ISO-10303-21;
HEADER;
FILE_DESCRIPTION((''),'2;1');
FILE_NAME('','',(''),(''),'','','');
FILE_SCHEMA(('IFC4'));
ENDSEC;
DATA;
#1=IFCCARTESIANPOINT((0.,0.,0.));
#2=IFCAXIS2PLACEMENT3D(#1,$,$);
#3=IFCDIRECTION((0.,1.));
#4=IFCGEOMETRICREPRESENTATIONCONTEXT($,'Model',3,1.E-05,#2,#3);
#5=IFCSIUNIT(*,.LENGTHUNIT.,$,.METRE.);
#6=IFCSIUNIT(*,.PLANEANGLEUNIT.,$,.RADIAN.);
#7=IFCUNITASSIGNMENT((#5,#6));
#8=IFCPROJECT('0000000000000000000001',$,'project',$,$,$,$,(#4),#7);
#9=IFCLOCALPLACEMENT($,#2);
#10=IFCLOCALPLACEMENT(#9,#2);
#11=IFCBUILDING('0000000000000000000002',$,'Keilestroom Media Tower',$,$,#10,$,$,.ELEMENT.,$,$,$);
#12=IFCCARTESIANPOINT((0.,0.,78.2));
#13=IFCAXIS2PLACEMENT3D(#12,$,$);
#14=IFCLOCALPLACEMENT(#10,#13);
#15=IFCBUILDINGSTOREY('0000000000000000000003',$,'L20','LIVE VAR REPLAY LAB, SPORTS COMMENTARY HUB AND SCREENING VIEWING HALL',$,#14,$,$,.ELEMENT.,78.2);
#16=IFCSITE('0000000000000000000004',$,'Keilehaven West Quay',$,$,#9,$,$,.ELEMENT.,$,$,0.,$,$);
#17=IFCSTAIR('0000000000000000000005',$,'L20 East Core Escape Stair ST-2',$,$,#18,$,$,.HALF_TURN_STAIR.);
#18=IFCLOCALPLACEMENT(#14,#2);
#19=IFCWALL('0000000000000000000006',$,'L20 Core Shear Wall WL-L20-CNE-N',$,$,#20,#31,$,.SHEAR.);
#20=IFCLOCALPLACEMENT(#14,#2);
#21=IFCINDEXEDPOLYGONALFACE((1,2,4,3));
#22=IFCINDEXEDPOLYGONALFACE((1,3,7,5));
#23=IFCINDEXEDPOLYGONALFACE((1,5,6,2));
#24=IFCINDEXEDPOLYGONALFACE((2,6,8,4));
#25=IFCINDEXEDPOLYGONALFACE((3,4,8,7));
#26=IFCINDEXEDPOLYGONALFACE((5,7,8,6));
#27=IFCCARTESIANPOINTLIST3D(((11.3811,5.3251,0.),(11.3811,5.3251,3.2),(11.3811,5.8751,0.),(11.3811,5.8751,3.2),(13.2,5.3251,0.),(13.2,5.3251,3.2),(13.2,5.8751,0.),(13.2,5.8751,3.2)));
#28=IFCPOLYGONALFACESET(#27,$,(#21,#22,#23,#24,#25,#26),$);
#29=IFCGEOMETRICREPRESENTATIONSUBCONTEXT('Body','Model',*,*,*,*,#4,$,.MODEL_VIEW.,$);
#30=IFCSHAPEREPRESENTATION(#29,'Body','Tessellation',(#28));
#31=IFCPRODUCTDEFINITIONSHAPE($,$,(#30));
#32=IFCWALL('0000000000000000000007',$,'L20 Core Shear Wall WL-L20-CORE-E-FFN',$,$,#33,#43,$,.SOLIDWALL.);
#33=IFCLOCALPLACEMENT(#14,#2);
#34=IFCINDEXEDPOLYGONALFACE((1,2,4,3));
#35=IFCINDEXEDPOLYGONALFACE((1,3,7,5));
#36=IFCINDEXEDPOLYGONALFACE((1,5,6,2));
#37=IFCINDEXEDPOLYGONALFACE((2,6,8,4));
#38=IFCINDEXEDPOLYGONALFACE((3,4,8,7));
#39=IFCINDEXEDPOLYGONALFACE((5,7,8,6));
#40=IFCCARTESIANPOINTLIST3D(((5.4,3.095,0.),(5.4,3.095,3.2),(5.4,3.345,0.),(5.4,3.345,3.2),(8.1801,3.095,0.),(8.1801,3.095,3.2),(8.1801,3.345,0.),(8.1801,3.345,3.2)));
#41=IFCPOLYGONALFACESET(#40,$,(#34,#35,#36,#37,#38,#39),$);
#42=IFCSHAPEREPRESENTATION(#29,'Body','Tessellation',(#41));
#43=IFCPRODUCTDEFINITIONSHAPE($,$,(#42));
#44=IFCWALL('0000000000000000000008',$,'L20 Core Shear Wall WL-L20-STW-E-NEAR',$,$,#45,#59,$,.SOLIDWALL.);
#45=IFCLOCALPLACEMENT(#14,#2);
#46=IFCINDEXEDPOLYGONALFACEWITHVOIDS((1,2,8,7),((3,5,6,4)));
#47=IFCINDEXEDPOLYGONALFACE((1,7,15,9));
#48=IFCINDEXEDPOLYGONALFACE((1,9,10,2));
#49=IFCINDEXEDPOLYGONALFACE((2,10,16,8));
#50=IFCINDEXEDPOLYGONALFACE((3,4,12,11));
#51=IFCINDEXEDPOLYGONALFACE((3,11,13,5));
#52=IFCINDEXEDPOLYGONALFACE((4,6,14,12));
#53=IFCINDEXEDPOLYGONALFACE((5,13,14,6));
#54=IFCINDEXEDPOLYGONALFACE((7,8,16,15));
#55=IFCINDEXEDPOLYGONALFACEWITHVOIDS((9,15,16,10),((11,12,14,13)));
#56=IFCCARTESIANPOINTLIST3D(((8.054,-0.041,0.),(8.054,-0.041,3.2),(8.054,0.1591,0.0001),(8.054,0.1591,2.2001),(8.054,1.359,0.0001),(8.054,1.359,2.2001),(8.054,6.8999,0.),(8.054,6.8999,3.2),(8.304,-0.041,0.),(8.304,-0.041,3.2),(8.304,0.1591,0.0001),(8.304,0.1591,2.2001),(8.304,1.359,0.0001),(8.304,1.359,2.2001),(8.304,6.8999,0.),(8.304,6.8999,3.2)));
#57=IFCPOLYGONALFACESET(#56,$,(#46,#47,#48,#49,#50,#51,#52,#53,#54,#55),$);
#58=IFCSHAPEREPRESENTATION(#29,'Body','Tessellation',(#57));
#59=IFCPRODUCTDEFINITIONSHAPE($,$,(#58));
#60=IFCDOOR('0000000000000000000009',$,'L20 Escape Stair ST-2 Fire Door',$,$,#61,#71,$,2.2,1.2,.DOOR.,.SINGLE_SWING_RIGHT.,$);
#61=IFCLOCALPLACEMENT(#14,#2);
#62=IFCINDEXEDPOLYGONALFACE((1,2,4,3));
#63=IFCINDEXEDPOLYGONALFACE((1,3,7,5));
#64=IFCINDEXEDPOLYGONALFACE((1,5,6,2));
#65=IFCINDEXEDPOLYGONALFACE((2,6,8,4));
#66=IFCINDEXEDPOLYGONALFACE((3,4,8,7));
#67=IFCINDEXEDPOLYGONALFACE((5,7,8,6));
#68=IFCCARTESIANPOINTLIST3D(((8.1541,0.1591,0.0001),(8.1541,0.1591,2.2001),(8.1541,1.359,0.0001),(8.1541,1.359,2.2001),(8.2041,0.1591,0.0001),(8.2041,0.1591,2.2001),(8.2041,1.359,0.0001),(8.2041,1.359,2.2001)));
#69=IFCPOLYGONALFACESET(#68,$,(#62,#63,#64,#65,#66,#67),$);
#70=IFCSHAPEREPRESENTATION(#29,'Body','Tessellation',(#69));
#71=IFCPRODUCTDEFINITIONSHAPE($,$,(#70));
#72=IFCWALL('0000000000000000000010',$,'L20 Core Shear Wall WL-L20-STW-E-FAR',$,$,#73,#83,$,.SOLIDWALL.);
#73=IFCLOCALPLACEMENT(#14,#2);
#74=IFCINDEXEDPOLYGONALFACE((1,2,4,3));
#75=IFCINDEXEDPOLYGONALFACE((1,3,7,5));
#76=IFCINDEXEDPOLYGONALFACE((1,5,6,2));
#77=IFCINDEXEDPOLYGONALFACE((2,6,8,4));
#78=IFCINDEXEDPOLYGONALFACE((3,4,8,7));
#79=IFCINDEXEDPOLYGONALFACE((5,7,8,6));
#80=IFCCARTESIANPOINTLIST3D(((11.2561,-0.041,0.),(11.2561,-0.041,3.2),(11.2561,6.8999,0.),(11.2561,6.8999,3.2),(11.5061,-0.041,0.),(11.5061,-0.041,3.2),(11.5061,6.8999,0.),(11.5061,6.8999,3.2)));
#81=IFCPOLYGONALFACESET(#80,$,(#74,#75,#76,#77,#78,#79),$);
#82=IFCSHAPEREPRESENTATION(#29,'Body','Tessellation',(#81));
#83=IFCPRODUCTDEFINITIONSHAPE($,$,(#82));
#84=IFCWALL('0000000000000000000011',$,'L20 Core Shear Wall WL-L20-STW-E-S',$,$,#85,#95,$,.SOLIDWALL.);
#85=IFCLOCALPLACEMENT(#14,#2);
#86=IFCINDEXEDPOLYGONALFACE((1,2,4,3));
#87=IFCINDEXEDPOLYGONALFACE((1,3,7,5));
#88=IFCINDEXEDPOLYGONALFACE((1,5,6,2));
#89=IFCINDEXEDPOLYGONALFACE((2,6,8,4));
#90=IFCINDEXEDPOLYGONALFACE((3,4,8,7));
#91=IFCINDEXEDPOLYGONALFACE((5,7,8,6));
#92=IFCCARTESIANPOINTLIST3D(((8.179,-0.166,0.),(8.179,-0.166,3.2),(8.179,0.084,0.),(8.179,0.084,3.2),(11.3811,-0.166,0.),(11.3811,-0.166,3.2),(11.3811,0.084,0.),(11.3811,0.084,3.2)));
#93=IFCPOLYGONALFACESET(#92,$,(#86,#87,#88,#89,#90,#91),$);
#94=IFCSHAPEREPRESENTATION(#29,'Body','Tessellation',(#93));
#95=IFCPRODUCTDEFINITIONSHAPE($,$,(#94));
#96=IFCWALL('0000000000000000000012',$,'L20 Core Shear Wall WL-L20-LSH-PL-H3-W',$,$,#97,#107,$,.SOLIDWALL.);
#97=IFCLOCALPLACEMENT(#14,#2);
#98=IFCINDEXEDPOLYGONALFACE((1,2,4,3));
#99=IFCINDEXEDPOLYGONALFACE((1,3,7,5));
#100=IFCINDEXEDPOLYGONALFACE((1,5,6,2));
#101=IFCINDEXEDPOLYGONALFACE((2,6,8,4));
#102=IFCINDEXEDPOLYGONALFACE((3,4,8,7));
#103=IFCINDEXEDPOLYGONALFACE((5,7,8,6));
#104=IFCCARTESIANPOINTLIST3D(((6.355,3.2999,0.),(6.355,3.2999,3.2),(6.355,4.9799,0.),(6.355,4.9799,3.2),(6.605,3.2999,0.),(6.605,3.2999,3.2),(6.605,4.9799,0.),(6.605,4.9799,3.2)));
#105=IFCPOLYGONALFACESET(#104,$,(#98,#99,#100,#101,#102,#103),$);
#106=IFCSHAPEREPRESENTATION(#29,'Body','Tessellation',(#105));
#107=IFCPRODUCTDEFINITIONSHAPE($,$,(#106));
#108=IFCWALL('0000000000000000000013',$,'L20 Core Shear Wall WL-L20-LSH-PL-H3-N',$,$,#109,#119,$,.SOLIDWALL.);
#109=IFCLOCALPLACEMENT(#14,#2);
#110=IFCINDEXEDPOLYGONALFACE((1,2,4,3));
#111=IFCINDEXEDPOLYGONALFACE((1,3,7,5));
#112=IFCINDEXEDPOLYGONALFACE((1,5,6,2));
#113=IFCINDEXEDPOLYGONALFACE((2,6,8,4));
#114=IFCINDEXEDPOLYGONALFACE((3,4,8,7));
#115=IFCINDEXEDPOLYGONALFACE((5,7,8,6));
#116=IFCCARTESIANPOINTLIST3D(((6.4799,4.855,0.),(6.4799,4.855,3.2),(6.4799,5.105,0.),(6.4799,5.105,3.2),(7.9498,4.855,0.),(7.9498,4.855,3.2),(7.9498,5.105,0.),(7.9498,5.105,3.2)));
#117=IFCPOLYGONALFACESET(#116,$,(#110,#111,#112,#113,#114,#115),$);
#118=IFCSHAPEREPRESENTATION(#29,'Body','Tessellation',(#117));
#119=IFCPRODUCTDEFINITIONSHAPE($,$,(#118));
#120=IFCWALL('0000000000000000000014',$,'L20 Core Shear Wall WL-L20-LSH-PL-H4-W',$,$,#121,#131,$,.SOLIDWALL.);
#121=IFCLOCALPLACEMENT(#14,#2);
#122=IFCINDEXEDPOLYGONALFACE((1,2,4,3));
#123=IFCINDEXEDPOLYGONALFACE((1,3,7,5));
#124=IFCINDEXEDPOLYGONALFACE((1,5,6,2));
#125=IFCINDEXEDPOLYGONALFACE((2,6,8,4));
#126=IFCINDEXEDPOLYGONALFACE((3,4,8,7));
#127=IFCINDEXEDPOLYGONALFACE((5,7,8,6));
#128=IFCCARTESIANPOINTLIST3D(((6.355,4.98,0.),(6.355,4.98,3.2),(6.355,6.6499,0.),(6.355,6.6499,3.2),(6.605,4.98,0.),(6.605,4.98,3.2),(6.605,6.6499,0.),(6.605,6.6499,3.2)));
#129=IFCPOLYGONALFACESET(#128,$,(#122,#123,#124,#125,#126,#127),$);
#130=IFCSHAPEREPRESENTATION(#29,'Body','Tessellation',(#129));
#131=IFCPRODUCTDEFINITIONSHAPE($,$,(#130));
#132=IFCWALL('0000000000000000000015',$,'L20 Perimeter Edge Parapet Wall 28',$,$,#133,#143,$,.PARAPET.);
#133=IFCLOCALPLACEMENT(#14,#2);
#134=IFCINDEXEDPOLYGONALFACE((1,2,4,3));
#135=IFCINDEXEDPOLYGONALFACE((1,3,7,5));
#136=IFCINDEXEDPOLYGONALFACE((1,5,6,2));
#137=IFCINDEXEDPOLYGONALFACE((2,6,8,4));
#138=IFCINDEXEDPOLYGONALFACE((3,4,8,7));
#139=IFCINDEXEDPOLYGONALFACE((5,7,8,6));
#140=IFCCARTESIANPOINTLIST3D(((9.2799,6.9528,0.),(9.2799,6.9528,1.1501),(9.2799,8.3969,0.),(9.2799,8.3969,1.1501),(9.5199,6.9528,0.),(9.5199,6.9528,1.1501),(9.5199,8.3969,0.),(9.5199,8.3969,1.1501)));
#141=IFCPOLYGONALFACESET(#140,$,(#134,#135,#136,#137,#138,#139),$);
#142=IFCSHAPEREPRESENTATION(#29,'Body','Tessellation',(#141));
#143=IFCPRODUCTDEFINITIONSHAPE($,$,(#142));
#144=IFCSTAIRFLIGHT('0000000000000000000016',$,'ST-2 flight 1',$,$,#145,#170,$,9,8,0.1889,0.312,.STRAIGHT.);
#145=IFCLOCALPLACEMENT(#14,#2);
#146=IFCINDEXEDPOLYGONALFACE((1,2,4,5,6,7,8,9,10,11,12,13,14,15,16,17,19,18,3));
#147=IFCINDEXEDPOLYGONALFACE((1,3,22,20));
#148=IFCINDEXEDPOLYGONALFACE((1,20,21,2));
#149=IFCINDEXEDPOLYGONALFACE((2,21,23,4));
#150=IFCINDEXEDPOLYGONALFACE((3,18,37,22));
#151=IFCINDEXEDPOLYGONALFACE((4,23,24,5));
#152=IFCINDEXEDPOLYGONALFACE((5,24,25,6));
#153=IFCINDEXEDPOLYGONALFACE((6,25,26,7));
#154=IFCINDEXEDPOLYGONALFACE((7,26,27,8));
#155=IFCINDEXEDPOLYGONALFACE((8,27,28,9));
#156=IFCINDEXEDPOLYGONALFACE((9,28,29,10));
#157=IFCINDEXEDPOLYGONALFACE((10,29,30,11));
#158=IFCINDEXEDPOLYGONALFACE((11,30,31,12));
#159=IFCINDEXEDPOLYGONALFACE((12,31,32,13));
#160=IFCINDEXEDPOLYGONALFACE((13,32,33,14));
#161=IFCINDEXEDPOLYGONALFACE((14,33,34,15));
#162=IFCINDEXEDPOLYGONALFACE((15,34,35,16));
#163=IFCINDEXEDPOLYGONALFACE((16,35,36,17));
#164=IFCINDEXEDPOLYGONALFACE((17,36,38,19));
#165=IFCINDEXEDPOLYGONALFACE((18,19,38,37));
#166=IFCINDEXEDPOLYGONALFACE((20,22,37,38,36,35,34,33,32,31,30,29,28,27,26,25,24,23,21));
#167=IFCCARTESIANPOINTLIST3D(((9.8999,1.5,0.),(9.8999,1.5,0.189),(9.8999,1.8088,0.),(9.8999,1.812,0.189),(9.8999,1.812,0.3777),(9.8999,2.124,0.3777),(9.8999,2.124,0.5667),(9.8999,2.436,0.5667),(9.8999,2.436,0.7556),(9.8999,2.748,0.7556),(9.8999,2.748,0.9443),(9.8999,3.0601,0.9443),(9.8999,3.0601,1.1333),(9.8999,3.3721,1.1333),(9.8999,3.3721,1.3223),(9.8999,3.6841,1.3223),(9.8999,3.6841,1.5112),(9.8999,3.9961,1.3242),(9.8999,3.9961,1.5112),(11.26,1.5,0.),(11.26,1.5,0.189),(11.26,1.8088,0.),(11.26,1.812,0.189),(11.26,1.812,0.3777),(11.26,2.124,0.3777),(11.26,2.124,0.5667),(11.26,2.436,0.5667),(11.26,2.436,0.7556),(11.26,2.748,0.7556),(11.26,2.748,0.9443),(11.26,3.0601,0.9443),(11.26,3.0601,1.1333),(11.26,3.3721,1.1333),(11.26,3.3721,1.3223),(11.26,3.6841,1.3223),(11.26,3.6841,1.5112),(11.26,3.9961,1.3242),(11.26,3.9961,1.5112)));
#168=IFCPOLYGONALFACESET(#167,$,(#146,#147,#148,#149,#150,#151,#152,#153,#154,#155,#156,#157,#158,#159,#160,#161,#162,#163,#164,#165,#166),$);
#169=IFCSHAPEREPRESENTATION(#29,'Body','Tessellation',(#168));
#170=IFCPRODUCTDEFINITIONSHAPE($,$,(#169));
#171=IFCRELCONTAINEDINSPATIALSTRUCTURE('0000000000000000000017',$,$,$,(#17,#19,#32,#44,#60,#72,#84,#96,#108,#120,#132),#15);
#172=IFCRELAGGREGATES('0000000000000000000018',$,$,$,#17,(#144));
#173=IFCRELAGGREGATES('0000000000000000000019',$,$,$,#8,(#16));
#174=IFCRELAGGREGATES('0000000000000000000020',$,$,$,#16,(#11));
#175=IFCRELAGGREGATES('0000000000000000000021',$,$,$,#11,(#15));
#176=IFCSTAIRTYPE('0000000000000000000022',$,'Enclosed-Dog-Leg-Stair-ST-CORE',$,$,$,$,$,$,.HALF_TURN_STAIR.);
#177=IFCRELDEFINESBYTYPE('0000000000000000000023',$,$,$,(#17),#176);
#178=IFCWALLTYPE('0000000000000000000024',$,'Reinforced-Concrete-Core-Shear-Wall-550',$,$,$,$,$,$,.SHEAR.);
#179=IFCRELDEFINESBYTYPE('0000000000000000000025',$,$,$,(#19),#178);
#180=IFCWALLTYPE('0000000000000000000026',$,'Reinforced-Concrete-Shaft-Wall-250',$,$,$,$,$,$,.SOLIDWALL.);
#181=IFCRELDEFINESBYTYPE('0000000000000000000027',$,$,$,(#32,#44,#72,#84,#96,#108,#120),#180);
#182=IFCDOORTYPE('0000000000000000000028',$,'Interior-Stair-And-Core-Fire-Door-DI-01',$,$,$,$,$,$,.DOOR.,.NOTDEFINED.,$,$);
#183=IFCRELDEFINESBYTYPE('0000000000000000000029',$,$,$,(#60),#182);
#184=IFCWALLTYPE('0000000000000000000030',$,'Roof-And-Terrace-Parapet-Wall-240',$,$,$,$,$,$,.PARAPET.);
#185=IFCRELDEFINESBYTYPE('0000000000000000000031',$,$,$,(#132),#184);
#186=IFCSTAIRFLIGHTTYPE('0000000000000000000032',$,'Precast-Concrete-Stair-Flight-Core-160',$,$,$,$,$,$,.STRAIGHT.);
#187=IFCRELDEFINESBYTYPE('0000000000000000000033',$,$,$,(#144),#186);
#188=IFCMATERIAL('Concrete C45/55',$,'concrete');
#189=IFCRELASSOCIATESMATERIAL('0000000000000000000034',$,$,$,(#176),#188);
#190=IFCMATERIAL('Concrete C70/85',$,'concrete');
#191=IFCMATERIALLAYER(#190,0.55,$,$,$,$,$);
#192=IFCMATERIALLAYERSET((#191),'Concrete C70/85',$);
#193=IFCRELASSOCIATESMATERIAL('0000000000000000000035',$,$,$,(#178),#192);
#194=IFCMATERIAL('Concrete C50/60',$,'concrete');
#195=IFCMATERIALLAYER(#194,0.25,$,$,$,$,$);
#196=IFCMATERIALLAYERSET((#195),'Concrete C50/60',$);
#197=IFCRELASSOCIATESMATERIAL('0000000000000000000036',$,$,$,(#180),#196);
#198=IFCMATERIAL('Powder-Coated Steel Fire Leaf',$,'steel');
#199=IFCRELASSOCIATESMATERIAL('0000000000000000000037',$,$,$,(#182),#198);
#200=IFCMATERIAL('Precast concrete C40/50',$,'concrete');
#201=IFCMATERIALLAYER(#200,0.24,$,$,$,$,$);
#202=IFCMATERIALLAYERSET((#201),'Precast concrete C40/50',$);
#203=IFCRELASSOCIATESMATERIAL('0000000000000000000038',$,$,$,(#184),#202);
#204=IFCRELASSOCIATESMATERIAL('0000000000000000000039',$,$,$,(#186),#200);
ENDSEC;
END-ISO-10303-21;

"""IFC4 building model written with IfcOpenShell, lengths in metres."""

from ifc_helpers import new_model, si_unit, direction, frame, frame_2d, origin, place, context, subcontext, project, spatial, polyline, rectangle, outline, extrude, source, transform, mapped, material, layer, layer_set, type_object, element, fill, aggregate, save


model = new_model("IFC4")

# Units and contexts
model_context = context("Model", 3, precision=1e-05, world=origin(), true_north=direction((0.0, 1.0)))
body_context = subcontext(model_context, "Body", "Model", "MODEL_VIEW")
ifc_project = project(units=[si_unit("LENGTHUNIT", "METRE"), si_unit("PLANEANGLEUNIT", "RADIAN")], contexts=[model_context])

# Site, building, storey
site_placement = place(None, origin())
site = spatial("IfcSite", under=ifc_project, at=site_placement, Name="Keilehaven West Quay", CompositionType="ELEMENT", RefElevation=0.0)
building_placement = place(site_placement, origin())
building = spatial("IfcBuilding", under=site, at=building_placement, Name="Keilestroom Media Tower", CompositionType="ELEMENT")
storey_placement = place(building_placement, frame((0.0, 0.0, 78.2)))
storey = spatial("IfcBuildingStorey", under=building, at=storey_placement, Name="L20", Description="LIVE VAR REPLAY LAB, SPORTS COMMENTARY HUB AND SCREENING VIEWING HALL", CompositionType="ELEMENT", Elevation=78.2)

# Shared definitions
ifc_material_1 = material(Name="Concrete C70/85", Category="concrete")

# Stair
ifc_material_2 = material(Name="Concrete C45/55", Category="concrete")
stair_type = type_object("IfcStairType", Name="Enclosed-Dog-Leg-Stair-ST-CORE", PredefinedType="HALF_TURN_STAIR", material=ifc_material_2)
stair_1_placement = place(storey_placement, origin())
stair_1 = element("IfcStair", 1, at=stair_1_placement, inside=storey, type_object=stair_type, Name="L20 East Core Escape Stair ST-2", PredefinedType="HALF_TURN_STAIR")

# Walls
ifc_layer_1 = layer(ifc_material_1, 0.55)
ifc_layer_set_1 = layer_set([ifc_layer_1], Name="Concrete C70/85")
wall_type_1 = type_object("IfcWallType", Name="Reinforced-Concrete-Core-Shear-Wall-550", PredefinedType="SHEAR", material=ifc_layer_set_1)
wall_1_placement = place(storey_placement, frame((11.3811, 5.6001, 0.0), z_axis=(0.0, 0.0, 1.0), x_axis=(1.0, 0.0, 0.0)))
element("IfcWall", 2, at=wall_1_placement, inside=storey, type_object=wall_type_1, Name="L20 Core Shear Wall WL-L20-CNE-N", PredefinedType="SHEAR", context=body_context, shape_type="SweptSolid", body=[
    extrude(rectangle(XDim=1.8188, YDim=0.55, at=frame_2d((0.9094, 0.0))), origin(), (0.0, 0.0, 1.0), 3.2),
])
ifc_material_3 = material(Name="Concrete C50/60", Category="concrete")
ifc_layer_2 = layer(ifc_material_3, 0.25)
ifc_layer_set_2 = layer_set([ifc_layer_2], Name="Concrete C50/60")
wall_type_2 = type_object("IfcWallType", Name="Reinforced-Concrete-Shaft-Wall-250", PredefinedType="SOLIDWALL", material=ifc_layer_set_2)
wall_2_placement = place(storey_placement, frame((5.3999, 3.22, 0.0), z_axis=(0.0, 0.0, 1.0), x_axis=(1.0, 0.0, 0.0)))
element("IfcWall", 3, at=wall_2_placement, inside=storey, type_object=wall_type_2, Name="L20 Core Shear Wall WL-L20-CORE-E-FFN", PredefinedType="SOLIDWALL", context=body_context, shape_type="SweptSolid", body=[
    extrude(rectangle(XDim=2.78, YDim=0.25, at=frame_2d((1.3901, 0.0))), origin(), (0.0, 0.0, 1.0), 3.2),
])

# Wall, opening, door
wall_3_placement = place(storey_placement, frame((8.179, -0.041, 0.0), z_axis=(0.0, 0.0, 1.0), x_axis=(0.0, 1.0, 0.0)))
wall_3 = element("IfcWall", 4, at=wall_3_placement, inside=storey, type_object=wall_type_2, Name="L20 Core Shear Wall WL-L20-STW-E-NEAR", PredefinedType="SOLIDWALL", context=body_context, shape_type="SweptSolid", body=[
    extrude(rectangle(XDim=6.9409, YDim=0.25, at=frame_2d((3.4705, 0.0))), origin(), (0.0, 0.0, 1.0), 3.2),
])
opening_placement = place(wall_3_placement, frame((0.2, 0.0, 0.0)))
opening = element("IfcOpeningElement", 5, at=opening_placement, cuts=wall_3, PredefinedType="OPENING", context=body_context, shape_type="SweptSolid", body=[
    extrude(rectangle(XDim=1.2, YDim=2.2, at=frame_2d((0.6001, 1.1001))), frame((0.0, 0.135, 0.0), z_axis=(0.0, -1.0, 0.0), x_axis=(1.0, 0.0, 0.0)), (0.0, 0.0, 1.0), 0.27),
])
ifc_material_4 = material(Name="Powder-Coated Steel Fire Leaf", Category="steel")
door_type = type_object("IfcDoorType", Name="Interior-Stair-And-Core-Fire-Door-DI-01", OperationType="NOTDEFINED", PredefinedType="DOOR", material=ifc_material_4)
shared_shape_1 = source(origin(), body_context, "Body", "SweptSolid", [
    extrude(rectangle(XDim=1.2, YDim=2.2, at=frame_2d((0.6001, 1.1001))), frame((0.0, 0.0249, 0.0), z_axis=(0.0, -1.0, 0.0), x_axis=(1.0, 0.0, 0.0)), (0.0, 0.0, 1.0), 0.05),
])
door_placement = place(opening_placement, origin())
door = element("IfcDoor", 6, at=door_placement, inside=storey, type_object=door_type, Name="L20 Escape Stair ST-2 Fire Door", OperationType="SINGLE_SWING_RIGHT", OverallHeight=2.2, OverallWidth=1.2, PredefinedType="DOOR", context=body_context, shape_type="MappedRepresentation", body=[
    mapped(shared_shape_1, transform((0.0, 0.0, 0.0), x_axis=(1.0, 0.0, 0.0), y_axis=(0.0, 1.0, 0.0), z_axis=(0.0, 0.0, 1.0), scale=1.0)),
])
fill(opening, door)

# Walls
wall_4_placement = place(storey_placement, frame((11.3811, -0.041, 0.0), z_axis=(0.0, 0.0, 1.0), x_axis=(0.0, 1.0, 0.0)))
element("IfcWall", 7, at=wall_4_placement, inside=storey, type_object=wall_type_2, Name="L20 Core Shear Wall WL-L20-STW-E-FAR", PredefinedType="SOLIDWALL", context=body_context, shape_type="SweptSolid", body=[
    extrude(rectangle(XDim=6.9409, YDim=0.25, at=frame_2d((3.4705, 0.0))), origin(), (0.0, 0.0, 1.0), 3.2),
])
wall_5_placement = place(storey_placement, frame((8.179, -0.041, 0.0), z_axis=(0.0, 0.0, 1.0), x_axis=(1.0, 0.0, 0.0)))
element("IfcWall", 8, at=wall_5_placement, inside=storey, type_object=wall_type_2, Name="L20 Core Shear Wall WL-L20-STW-E-S", PredefinedType="SOLIDWALL", context=body_context, shape_type="SweptSolid", body=[
    extrude(rectangle(XDim=3.2021, YDim=0.25, at=frame_2d((1.6011, 0.0))), origin(), (0.0, 0.0, 1.0), 3.2),
])
wall_6_placement = place(storey_placement, frame((6.48, 3.3, 0.0), z_axis=(0.0, 0.0, 1.0), x_axis=(0.0, 1.0, 0.0)))
element("IfcWall", 9, at=wall_6_placement, inside=storey, type_object=wall_type_2, Name="L20 Core Shear Wall WL-L20-LSH-PL-H3-W", PredefinedType="SOLIDWALL", context=body_context, shape_type="SweptSolid", body=[
    extrude(rectangle(XDim=1.6799, YDim=0.25, at=frame_2d((0.8398, 0.0))), origin(), (0.0, 0.0, 1.0), 3.2),
])
wall_7_placement = place(storey_placement, frame((6.48, 4.98, 0.0), z_axis=(0.0, 0.0, 1.0), x_axis=(1.0, 0.0, 0.0)))
element("IfcWall", 10, at=wall_7_placement, inside=storey, type_object=wall_type_2, Name="L20 Core Shear Wall WL-L20-LSH-PL-H3-N", PredefinedType="SOLIDWALL", context=body_context, shape_type="SweptSolid", body=[
    extrude(rectangle(XDim=1.47, YDim=0.25, at=frame_2d((0.7349, 0.0))), origin(), (0.0, 0.0, 1.0), 3.2),
])
wall_8_placement = place(storey_placement, frame((6.48, 4.98, 0.0), z_axis=(0.0, 0.0, 1.0), x_axis=(0.0, 1.0, 0.0)))
element("IfcWall", 11, at=wall_8_placement, inside=storey, type_object=wall_type_2, Name="L20 Core Shear Wall WL-L20-LSH-PL-H4-W", PredefinedType="SOLIDWALL", context=body_context, shape_type="SweptSolid", body=[
    extrude(rectangle(XDim=1.6699, YDim=0.25, at=frame_2d((0.835, 0.0))), origin(), (0.0, 0.0, 1.0), 3.2),
])
ifc_material_5 = material(Name="Precast concrete C40/50", Category="concrete")
ifc_layer_3 = layer(ifc_material_5, 0.24)
ifc_layer_set_3 = layer_set([ifc_layer_3], Name="Precast concrete C40/50")
wall_type_3 = type_object("IfcWallType", Name="Roof-And-Terrace-Parapet-Wall-240", PredefinedType="PARAPET", material=ifc_layer_set_3)
wall_9_placement = place(storey_placement, frame((9.3999, 8.397, 0.0), z_axis=(0.0, 0.0, 1.0), x_axis=(0.0, -1.0, 0.0)))
element("IfcWall", 12, at=wall_9_placement, inside=storey, type_object=wall_type_3, Name="L20 Perimeter Edge Parapet Wall 28", PredefinedType="PARAPET", context=body_context, shape_type="SweptSolid", body=[
    extrude(rectangle(XDim=1.4441, YDim=0.24, at=frame_2d((0.7222, 0.0))), origin(), (0.0, 0.0, 1.0), 1.1501),
])

# Stair flight
stair_flight_type = type_object("IfcStairFlightType", Name="Precast-Concrete-Stair-Flight-Core-160", PredefinedType="STRAIGHT", material=ifc_material_5)
stair_flight_1_placement = place(storey_placement, frame((10.5801, 1.5, 0.0), z_axis=(0.0, 0.0, 1.0), x_axis=(0.0, 1.0, 0.0)))
stair_flight_1 = element("IfcStairFlight", 13, at=stair_flight_1_placement, type_object=stair_flight_type, Name="ST-2 flight 1", NumberOfRisers=9, NumberOfTreads=8, PredefinedType="STRAIGHT", RiserHeight=0.1889, TreadLength=0.312, context=body_context, shape_type="SweptSolid", body=[
    extrude(outline(polyline([(0.0, 0.0), (0.0, 0.189), (0.312, 0.189), (0.312, 0.3777), (0.624, 0.3777), (0.624, 0.5667), (0.936, 0.5667), (0.936, 0.7556), (1.248, 0.7556), (1.248, 0.9443), (1.5601, 0.9443), (1.5601, 1.1333), (1.8721, 1.1333), (1.8721, 1.3223), (2.1841, 1.3223), (2.1841, 1.5112), (2.4961, 1.5112), (2.4961, 1.7), (2.4961, 1.3242), (0.3088, 0.0), (0.0, 0.0)])), frame((0.0, 0.6802, 0.0), z_axis=(0.0, -1.0, 0.0), x_axis=(1.0, 0.0, 0.0)), (0.0, 0.0, 1.0), 1.3601),
])
aggregate(stair_1, [stair_flight_1])

save(model, "model.ifc")
